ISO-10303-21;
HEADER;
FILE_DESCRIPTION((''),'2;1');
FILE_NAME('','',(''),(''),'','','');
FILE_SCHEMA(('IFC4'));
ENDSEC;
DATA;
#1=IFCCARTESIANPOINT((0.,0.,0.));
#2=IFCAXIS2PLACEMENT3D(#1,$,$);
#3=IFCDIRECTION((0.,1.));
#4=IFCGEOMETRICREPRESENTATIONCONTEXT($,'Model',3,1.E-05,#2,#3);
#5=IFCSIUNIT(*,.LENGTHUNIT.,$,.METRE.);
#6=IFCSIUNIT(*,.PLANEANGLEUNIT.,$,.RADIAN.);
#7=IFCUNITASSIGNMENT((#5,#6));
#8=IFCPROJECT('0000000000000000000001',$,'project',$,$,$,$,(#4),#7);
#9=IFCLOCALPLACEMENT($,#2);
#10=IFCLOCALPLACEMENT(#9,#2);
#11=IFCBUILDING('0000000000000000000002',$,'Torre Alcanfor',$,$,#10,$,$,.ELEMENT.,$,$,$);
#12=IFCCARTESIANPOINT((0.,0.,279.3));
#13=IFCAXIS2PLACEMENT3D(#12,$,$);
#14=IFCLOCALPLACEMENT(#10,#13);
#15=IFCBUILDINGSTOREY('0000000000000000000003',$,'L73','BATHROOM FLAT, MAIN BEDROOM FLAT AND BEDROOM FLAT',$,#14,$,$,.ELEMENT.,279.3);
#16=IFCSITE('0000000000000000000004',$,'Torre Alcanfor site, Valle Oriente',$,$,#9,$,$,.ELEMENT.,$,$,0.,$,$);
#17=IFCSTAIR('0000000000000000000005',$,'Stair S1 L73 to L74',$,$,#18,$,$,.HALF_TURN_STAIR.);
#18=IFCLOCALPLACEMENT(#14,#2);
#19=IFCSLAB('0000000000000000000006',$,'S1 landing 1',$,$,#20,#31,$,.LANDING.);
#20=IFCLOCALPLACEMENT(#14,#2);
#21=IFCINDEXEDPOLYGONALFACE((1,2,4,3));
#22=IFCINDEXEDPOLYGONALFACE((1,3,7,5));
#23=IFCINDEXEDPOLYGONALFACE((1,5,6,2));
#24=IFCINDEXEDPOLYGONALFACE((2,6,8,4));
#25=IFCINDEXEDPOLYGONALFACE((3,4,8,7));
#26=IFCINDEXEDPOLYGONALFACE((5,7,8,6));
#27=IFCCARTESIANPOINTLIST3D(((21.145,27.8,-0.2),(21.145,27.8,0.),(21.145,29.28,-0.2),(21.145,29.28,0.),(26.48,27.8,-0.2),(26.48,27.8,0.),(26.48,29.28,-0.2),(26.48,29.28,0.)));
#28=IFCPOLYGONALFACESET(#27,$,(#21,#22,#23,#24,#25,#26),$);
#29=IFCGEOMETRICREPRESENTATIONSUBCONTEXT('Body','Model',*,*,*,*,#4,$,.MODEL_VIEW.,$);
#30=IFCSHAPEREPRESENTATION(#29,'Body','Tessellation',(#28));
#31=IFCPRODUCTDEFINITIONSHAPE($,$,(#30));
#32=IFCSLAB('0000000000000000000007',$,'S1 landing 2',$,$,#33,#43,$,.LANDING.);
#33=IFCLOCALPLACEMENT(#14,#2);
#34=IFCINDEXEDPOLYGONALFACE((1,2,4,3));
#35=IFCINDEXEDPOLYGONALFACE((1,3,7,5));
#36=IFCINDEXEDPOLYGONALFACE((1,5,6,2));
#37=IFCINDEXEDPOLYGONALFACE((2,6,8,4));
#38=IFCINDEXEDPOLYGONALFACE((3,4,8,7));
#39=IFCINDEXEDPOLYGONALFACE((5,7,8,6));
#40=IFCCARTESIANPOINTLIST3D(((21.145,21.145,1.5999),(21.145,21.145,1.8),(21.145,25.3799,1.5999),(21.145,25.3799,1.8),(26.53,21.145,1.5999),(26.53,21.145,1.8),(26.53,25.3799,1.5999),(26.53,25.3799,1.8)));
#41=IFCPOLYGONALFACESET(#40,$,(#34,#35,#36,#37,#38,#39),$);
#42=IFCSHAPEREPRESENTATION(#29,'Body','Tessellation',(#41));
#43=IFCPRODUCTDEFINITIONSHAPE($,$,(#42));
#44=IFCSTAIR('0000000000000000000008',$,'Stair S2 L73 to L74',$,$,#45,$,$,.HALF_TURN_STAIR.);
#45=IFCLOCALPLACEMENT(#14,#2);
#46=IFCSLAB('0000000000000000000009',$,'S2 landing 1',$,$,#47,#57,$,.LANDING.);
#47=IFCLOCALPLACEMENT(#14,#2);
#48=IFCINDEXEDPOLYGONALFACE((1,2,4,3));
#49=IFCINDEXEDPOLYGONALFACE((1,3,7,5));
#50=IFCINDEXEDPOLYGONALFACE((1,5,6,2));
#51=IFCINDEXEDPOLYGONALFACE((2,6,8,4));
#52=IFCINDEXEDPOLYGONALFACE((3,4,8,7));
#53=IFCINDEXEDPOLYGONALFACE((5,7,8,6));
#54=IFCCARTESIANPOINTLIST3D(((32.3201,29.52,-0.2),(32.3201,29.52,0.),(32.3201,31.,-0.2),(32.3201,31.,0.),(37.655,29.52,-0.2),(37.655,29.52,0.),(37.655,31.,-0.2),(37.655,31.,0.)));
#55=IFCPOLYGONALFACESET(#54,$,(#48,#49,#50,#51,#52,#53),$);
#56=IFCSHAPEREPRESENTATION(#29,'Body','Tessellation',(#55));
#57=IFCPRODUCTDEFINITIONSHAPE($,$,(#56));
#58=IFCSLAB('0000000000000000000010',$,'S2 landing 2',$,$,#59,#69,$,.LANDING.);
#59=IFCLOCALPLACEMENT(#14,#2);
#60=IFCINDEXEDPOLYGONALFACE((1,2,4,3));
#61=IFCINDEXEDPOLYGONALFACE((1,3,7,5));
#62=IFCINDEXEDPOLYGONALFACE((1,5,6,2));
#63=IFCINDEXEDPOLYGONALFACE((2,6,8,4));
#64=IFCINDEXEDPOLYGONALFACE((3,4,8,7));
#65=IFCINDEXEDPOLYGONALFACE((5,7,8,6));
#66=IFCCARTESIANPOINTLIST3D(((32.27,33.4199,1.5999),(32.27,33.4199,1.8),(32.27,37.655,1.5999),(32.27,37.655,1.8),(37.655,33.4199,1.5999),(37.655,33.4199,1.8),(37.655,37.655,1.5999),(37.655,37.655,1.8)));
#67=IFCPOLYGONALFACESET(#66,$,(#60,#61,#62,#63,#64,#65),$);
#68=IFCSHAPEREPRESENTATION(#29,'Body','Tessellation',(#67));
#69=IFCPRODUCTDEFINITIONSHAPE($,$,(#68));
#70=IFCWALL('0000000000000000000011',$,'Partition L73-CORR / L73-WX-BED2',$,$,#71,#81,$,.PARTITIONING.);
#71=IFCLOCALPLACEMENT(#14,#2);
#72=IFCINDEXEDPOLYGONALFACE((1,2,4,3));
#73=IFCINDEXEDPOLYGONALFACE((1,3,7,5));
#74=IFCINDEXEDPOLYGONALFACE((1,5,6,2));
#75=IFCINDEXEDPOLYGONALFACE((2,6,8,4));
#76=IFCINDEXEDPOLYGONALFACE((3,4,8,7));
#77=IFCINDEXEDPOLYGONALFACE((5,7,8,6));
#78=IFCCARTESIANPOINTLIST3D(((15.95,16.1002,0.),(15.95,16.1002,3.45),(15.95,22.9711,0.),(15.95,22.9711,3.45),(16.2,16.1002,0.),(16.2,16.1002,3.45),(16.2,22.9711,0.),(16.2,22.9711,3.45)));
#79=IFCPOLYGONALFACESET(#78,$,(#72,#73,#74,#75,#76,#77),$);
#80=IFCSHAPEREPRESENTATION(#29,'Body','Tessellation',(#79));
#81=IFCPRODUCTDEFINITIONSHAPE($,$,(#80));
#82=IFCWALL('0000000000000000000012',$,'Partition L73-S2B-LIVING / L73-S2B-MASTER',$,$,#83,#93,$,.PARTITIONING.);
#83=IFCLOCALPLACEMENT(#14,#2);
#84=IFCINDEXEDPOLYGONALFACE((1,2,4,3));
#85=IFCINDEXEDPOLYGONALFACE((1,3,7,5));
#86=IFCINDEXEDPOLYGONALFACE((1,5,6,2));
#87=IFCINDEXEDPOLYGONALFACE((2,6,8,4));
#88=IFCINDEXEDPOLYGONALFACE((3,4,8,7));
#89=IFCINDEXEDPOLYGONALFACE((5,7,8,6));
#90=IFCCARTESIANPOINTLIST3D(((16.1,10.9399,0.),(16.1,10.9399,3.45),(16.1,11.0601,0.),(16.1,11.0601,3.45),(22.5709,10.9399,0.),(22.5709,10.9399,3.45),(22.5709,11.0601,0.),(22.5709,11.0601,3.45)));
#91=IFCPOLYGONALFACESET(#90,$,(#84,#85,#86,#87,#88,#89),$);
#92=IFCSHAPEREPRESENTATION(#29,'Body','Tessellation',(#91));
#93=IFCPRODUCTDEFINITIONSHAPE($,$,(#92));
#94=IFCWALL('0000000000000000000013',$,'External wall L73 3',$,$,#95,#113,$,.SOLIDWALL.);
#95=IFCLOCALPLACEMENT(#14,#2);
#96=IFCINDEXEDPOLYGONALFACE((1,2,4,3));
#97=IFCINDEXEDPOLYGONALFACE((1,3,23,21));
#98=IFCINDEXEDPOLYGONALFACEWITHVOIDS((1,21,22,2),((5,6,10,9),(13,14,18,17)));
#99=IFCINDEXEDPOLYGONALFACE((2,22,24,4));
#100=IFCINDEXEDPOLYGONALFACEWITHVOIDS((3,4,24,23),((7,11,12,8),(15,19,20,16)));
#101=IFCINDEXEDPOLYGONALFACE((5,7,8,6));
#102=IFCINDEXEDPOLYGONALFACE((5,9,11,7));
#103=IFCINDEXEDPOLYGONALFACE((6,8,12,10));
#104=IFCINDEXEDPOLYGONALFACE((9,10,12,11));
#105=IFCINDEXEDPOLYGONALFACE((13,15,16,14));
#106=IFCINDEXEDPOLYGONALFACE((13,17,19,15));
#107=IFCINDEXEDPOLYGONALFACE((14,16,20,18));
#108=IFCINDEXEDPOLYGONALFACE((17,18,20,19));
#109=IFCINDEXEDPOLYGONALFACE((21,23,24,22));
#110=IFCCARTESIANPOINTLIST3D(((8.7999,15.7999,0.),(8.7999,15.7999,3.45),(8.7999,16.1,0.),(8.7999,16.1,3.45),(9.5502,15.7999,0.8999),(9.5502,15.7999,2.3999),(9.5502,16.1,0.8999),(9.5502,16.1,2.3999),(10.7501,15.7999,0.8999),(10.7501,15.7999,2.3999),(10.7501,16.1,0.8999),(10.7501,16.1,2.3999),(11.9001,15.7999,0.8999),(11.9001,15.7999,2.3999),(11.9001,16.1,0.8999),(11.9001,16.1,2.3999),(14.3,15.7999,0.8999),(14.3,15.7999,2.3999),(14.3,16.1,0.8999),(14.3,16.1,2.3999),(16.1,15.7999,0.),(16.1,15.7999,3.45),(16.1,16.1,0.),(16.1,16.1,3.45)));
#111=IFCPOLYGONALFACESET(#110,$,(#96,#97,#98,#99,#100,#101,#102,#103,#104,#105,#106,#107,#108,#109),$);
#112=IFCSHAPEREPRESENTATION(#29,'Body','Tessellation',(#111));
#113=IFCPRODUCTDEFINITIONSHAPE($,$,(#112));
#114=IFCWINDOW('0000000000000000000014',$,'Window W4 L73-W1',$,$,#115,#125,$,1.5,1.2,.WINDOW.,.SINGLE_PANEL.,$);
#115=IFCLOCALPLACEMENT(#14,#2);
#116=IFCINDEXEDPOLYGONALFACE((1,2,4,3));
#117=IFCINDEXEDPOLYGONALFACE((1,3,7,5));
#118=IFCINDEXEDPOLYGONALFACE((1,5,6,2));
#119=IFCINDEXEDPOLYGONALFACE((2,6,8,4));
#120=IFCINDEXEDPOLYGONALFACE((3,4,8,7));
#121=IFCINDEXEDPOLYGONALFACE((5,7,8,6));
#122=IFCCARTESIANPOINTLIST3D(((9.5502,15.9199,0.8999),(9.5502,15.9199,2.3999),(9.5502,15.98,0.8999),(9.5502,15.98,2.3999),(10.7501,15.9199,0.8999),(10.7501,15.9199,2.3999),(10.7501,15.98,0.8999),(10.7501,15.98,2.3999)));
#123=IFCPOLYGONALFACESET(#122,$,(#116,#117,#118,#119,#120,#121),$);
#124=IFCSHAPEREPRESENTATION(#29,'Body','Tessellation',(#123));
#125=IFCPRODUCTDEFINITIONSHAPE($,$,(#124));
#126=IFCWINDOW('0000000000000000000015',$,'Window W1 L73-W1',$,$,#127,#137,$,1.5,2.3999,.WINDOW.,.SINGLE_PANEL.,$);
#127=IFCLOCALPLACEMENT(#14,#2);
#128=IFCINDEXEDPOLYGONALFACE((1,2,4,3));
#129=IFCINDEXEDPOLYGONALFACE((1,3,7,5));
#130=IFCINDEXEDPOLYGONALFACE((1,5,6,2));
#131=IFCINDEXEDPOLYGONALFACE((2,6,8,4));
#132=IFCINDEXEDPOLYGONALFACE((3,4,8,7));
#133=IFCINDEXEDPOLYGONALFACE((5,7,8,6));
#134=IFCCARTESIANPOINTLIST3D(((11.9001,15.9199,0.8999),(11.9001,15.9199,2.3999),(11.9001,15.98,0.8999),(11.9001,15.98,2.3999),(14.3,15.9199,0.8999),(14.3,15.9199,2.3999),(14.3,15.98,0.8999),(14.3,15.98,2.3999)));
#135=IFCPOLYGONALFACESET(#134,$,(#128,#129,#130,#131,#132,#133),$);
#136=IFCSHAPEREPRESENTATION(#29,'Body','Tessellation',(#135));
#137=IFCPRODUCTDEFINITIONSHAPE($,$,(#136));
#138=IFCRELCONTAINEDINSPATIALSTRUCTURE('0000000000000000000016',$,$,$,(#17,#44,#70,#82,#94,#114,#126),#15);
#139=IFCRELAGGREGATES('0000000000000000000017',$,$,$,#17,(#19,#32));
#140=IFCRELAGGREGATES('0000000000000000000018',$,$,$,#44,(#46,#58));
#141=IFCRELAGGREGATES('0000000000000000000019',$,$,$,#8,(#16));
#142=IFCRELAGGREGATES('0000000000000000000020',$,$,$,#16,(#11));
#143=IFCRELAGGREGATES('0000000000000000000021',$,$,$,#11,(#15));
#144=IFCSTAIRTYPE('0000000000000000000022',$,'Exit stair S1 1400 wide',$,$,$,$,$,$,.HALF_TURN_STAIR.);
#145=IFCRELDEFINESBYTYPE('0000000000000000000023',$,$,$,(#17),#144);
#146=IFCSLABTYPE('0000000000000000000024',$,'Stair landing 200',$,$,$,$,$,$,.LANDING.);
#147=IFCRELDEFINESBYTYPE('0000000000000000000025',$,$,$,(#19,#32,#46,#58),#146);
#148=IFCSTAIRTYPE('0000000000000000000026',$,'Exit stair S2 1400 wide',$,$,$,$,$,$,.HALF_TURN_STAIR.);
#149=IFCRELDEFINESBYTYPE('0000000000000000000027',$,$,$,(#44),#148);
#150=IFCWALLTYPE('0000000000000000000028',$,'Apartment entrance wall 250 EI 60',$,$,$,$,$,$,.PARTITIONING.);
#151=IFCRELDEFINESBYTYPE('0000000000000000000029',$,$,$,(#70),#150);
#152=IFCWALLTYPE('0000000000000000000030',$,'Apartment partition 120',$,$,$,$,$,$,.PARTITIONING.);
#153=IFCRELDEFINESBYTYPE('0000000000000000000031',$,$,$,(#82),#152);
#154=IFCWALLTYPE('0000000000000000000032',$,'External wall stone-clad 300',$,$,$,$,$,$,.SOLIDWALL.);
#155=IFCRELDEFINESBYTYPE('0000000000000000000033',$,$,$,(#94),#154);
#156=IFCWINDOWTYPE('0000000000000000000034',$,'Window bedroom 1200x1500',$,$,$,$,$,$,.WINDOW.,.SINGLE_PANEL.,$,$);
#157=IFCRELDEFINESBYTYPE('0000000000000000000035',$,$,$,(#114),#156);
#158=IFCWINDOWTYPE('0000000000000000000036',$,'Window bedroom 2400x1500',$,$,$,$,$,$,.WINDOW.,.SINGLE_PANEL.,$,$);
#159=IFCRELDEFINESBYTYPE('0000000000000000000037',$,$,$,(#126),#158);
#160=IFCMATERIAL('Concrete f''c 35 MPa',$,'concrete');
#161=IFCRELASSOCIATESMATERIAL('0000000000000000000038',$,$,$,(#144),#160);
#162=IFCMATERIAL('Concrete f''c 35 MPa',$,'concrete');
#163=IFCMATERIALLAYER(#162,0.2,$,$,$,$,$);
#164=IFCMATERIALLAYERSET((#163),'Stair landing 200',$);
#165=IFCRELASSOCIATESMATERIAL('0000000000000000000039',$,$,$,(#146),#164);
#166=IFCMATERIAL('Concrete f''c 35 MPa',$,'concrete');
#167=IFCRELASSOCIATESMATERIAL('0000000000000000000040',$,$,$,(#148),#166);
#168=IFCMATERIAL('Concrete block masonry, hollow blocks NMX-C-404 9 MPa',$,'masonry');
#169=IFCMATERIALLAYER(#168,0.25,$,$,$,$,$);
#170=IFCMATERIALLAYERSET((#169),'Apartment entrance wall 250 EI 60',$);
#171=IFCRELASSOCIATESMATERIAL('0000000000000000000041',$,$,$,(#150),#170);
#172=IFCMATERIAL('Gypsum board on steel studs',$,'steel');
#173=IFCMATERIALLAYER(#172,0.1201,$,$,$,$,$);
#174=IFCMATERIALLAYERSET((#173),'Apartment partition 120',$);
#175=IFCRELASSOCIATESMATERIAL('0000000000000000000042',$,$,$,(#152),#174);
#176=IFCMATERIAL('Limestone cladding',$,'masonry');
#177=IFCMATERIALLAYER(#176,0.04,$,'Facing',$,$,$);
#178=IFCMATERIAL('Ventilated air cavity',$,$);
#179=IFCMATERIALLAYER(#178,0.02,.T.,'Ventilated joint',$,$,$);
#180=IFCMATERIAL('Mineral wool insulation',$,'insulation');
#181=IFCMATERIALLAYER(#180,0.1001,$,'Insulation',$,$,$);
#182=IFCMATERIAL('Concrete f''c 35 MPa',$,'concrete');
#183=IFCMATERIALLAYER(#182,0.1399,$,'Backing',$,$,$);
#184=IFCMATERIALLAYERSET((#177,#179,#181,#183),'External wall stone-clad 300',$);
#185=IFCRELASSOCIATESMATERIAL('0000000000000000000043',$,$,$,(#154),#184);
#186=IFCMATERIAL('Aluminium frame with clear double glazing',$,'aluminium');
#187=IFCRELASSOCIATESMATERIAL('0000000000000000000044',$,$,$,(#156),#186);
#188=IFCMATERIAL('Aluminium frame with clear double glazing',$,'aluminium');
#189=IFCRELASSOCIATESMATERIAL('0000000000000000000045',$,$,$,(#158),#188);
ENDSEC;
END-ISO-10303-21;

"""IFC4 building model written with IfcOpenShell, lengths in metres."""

from ifc_helpers import new_model, si_unit, direction, frame, frame_2d, origin, place, context, subcontext, project, spatial, polyline, rectangle, outline, extrude, material, layer, layer_set, type_object, element, fill, aggregate, save


model = new_model("IFC4")

# Units and contexts
model_context = context("Model", 3, precision=1e-05, world=origin(), true_north=direction((0.0, 1.0)))
body_context = subcontext(model_context, "Body", "Model", "MODEL_VIEW")
ifc_project = project(units=[si_unit("LENGTHUNIT", "METRE"), si_unit("PLANEANGLEUNIT", "RADIAN")], contexts=[model_context])

# Site, building, storey
site_placement = place(None, origin())
site = spatial("IfcSite", under=ifc_project, at=site_placement, Name="Torre Alcanfor site, Valle Oriente", CompositionType="ELEMENT", RefElevation=0.0)
building_placement = place(site_placement, origin())
building = spatial("IfcBuilding", under=site, at=building_placement, Name="Torre Alcanfor", CompositionType="ELEMENT")
storey_placement = place(building_placement, frame((0.0, 0.0, 279.3)))
storey = spatial("IfcBuildingStorey", under=building, at=storey_placement, Name="L73", Description="BATHROOM FLAT, MAIN BEDROOM FLAT AND BEDROOM FLAT", CompositionType="ELEMENT", Elevation=279.3)

# Stairs, slabs
ifc_material_1 = material(Name="Concrete f'c 35 MPa", Category="concrete")
stair_type_1 = type_object("IfcStairType", Name="Exit stair S1 1400 wide", PredefinedType="HALF_TURN_STAIR", material=ifc_material_1)
stair_1_placement = place(storey_placement, origin())
stair_1 = element("IfcStair", 1, at=stair_1_placement, inside=storey, type_object=stair_type_1, Name="Stair S1 L73 to L74", PredefinedType="HALF_TURN_STAIR")
ifc_material_2 = material(Name="Concrete f'c 35 MPa", Category="concrete")
ifc_layer_1 = layer(ifc_material_2, 0.2)
ifc_layer_set_1 = layer_set([ifc_layer_1], Name="Stair landing 200")
slab_type_1 = type_object("IfcSlabType", Name="Stair landing 200", PredefinedType="LANDING", material=ifc_layer_set_1)
slab_1_placement = place(storey_placement, frame((0.0, 0.0, -0.2)))
slab_1 = element("IfcSlab", 2, at=slab_1_placement, type_object=slab_type_1, Name="S1 landing 1", PredefinedType="LANDING", context=body_context, shape_type="SweptSolid", body=[
    extrude(outline(polyline([(21.145, 27.8), (26.48, 27.8), (26.48, 29.28), (21.145, 29.28), (21.145, 27.8)])), origin(), (0.0, 0.0, 1.0), 0.2),
])
slab_2_placement = place(storey_placement, frame((0.0, 0.0, 1.5999)))
slab_2 = element("IfcSlab", 3, at=slab_2_placement, type_object=slab_type_1, Name="S1 landing 2", PredefinedType="LANDING", context=body_context, shape_type="SweptSolid", body=[
    extrude(outline(polyline([(21.145, 21.145), (26.53, 21.145), (26.53, 25.3799), (21.145, 25.3799), (21.145, 21.145)])), origin(), (0.0, 0.0, 1.0), 0.2002),
])
aggregate(stair_1, [slab_1, slab_2])
ifc_material_3 = material(Name="Concrete f'c 35 MPa", Category="concrete")
stair_type_2 = type_object("IfcStairType", Name="Exit stair S2 1400 wide", PredefinedType="HALF_TURN_STAIR", material=ifc_material_3)
stair_2_placement = place(storey_placement, origin())
stair_2 = element("IfcStair", 4, at=stair_2_placement, inside=storey, type_object=stair_type_2, Name="Stair S2 L73 to L74", PredefinedType="HALF_TURN_STAIR")
slab_3_placement = place(storey_placement, frame((0.0, 0.0, -0.2)))
slab_3 = element("IfcSlab", 5, at=slab_3_placement, type_object=slab_type_1, Name="S2 landing 1", PredefinedType="LANDING", context=body_context, shape_type="SweptSolid", body=[
    extrude(outline(polyline([(32.3201, 29.52), (37.655, 29.52), (37.655, 31.0), (32.3201, 31.0), (32.3201, 29.52)])), origin(), (0.0, 0.0, 1.0), 0.2),
])
slab_4_placement = place(storey_placement, frame((0.0, 0.0, 1.5999)))
slab_4 = element("IfcSlab", 6, at=slab_4_placement, type_object=slab_type_1, Name="S2 landing 2", PredefinedType="LANDING", context=body_context, shape_type="SweptSolid", body=[
    extrude(outline(polyline([(32.27, 33.4199), (37.655, 33.4199), (37.655, 37.655), (32.27, 37.655), (32.27, 33.4199)])), origin(), (0.0, 0.0, 1.0), 0.2002),
])
aggregate(stair_2, [slab_3, slab_4])

# Walls
ifc_material_4 = material(Name="Concrete block masonry, hollow blocks NMX-C-404 9 MPa", Category="masonry")
ifc_layer_2 = layer(ifc_material_4, 0.25)
ifc_layer_set_2 = layer_set([ifc_layer_2], Name="Apartment entrance wall 250 EI 60")
wall_type_1 = type_object("IfcWallType", Name="Apartment entrance wall 250 EI 60", PredefinedType="PARTITIONING", material=ifc_layer_set_2)
wall_1_placement = place(storey_placement, frame((16.075, 16.1001, 0.0), z_axis=(0.0, 0.0, 1.0), x_axis=(0.0, 1.0, 0.0)))
element("IfcWall", 7, at=wall_1_placement, inside=storey, type_object=wall_type_1, Name="Partition L73-CORR / L73-WX-BED2", PredefinedType="PARTITIONING", context=body_context, shape_type="SweptSolid", body=[
    extrude(rectangle(XDim=6.8708, YDim=0.25, at=frame_2d((3.4355, 0.0))), origin(), (0.0, 0.0, 1.0), 3.45),
])
ifc_material_5 = material(Name="Gypsum board on steel studs", Category="steel")
ifc_layer_3 = layer(ifc_material_5, 0.1201)
ifc_layer_set_3 = layer_set([ifc_layer_3], Name="Apartment partition 120")
wall_type_2 = type_object("IfcWallType", Name="Apartment partition 120", PredefinedType="PARTITIONING", material=ifc_layer_set_3)
wall_2_placement = place(storey_placement, frame((16.1001, 11.0, 0.0), z_axis=(0.0, 0.0, 1.0), x_axis=(1.0, 0.0, 0.0)))
element("IfcWall", 8, at=wall_2_placement, inside=storey, type_object=wall_type_2, Name="Partition L73-S2B-LIVING / L73-S2B-MASTER", PredefinedType="PARTITIONING", context=body_context, shape_type="SweptSolid", body=[
    extrude(rectangle(XDim=6.4709, YDim=0.1201, at=frame_2d((3.2354, 0.0))), origin(), (0.0, 0.0, 1.0), 3.45),
])

# Wall, openings, windows
ifc_material_6 = material(Name="Limestone cladding", Category="masonry")
ifc_layer_4 = layer(ifc_material_6, 0.04, Name="Facing")
ifc_material_7 = material(Name="Ventilated air cavity")
ifc_layer_5 = layer(ifc_material_7, 0.02, ventilated=True, Name="Ventilated joint")
ifc_material_8 = material(Name="Mineral wool insulation", Category="insulation")
ifc_layer_6 = layer(ifc_material_8, 0.1001, Name="Insulation")
ifc_material_9 = material(Name="Concrete f'c 35 MPa", Category="concrete")
ifc_layer_7 = layer(ifc_material_9, 0.1399, Name="Backing")
ifc_layer_set_4 = layer_set([ifc_layer_4, ifc_layer_5, ifc_layer_6, ifc_layer_7], Name="External wall stone-clad 300")
wall_type_3 = type_object("IfcWallType", Name="External wall stone-clad 300", PredefinedType="SOLIDWALL", material=ifc_layer_set_4)
wall_3_placement = place(storey_placement, frame((8.8, 15.95, 0.0), z_axis=(0.0, 0.0, 1.0), x_axis=(1.0, 0.0, 0.0)))
wall_3 = element("IfcWall", 9, at=wall_3_placement, inside=storey, type_object=wall_type_3, Name="External wall L73 3", PredefinedType="SOLIDWALL", context=body_context, shape_type="SweptSolid", body=[
    extrude(rectangle(XDim=7.3, YDim=0.3, at=frame_2d((3.6499, 0.0))), origin(), (0.0, 0.0, 1.0), 3.45),
])
opening_1_placement = place(wall_3_placement, frame((3.1001, 0.0, 0.8999)))
opening_1 = element("IfcOpeningElement", 10, at=opening_1_placement, cuts=wall_3, PredefinedType="OPENING", context=body_context, shape_type="SweptSolid", body=[
    extrude(rectangle(XDim=2.3999, YDim=1.5, at=frame_2d((1.2, 0.75))), frame((0.0, 0.1599, 0.0), z_axis=(0.0, -1.0, 0.0), x_axis=(1.0, 0.0, 0.0)), (0.0, 0.0, 1.0), 0.3201),
])
opening_2_placement = place(wall_3_placement, frame((0.75, 0.0, 0.8999)))
opening_2 = element("IfcOpeningElement", 11, at=opening_2_placement, cuts=wall_3, PredefinedType="OPENING", context=body_context, shape_type="SweptSolid", body=[
    extrude(rectangle(XDim=1.2, YDim=1.5, at=frame_2d((0.6001, 0.75))), frame((0.0, 0.1599, 0.0), z_axis=(0.0, -1.0, 0.0), x_axis=(1.0, 0.0, 0.0)), (0.0, 0.0, 1.0), 0.3201),
])
ifc_material_10 = material(Name="Aluminium frame with clear double glazing", Category="aluminium")
window_type_1 = type_object("IfcWindowType", Name="Window bedroom 1200x1500", PartitioningType="SINGLE_PANEL", PredefinedType="WINDOW", material=ifc_material_10)
window_1_placement = place(opening_2_placement, origin())
window_1 = element("IfcWindow", 12, at=window_1_placement, inside=storey, type_object=window_type_1, Name="Window W4 L73-W1", OverallHeight=1.5, OverallWidth=1.2, PartitioningType="SINGLE_PANEL", PredefinedType="WINDOW", context=body_context, shape_type="SweptSolid", body=[
    extrude(rectangle(XDim=1.2, YDim=1.5, at=frame_2d((0.6001, 0.75))), frame((0.0, 0.03, 0.0), z_axis=(0.0, -1.0, 0.0), x_axis=(1.0, 0.0, 0.0)), (0.0, 0.0, 1.0), 0.0601),
])
fill(opening_2, window_1)
ifc_material_11 = material(Name="Aluminium frame with clear double glazing", Category="aluminium")
window_type_2 = type_object("IfcWindowType", Name="Window bedroom 2400x1500", PartitioningType="SINGLE_PANEL", PredefinedType="WINDOW", material=ifc_material_11)
window_2_placement = place(opening_1_placement, origin())
window_2 = element("IfcWindow", 13, at=window_2_placement, inside=storey, type_object=window_type_2, Name="Window W1 L73-W1", OverallHeight=1.5, OverallWidth=2.3999, PartitioningType="SINGLE_PANEL", PredefinedType="WINDOW", context=body_context, shape_type="SweptSolid", body=[
    extrude(rectangle(XDim=2.3999, YDim=1.5, at=frame_2d((1.2, 0.75))), frame((0.0, 0.03, 0.0), z_axis=(0.0, -1.0, 0.0), x_axis=(1.0, 0.0, 0.0)), (0.0, 0.0, 1.0), 0.0601),
])
fill(opening_1, window_2)

save(model, "model.ifc")
